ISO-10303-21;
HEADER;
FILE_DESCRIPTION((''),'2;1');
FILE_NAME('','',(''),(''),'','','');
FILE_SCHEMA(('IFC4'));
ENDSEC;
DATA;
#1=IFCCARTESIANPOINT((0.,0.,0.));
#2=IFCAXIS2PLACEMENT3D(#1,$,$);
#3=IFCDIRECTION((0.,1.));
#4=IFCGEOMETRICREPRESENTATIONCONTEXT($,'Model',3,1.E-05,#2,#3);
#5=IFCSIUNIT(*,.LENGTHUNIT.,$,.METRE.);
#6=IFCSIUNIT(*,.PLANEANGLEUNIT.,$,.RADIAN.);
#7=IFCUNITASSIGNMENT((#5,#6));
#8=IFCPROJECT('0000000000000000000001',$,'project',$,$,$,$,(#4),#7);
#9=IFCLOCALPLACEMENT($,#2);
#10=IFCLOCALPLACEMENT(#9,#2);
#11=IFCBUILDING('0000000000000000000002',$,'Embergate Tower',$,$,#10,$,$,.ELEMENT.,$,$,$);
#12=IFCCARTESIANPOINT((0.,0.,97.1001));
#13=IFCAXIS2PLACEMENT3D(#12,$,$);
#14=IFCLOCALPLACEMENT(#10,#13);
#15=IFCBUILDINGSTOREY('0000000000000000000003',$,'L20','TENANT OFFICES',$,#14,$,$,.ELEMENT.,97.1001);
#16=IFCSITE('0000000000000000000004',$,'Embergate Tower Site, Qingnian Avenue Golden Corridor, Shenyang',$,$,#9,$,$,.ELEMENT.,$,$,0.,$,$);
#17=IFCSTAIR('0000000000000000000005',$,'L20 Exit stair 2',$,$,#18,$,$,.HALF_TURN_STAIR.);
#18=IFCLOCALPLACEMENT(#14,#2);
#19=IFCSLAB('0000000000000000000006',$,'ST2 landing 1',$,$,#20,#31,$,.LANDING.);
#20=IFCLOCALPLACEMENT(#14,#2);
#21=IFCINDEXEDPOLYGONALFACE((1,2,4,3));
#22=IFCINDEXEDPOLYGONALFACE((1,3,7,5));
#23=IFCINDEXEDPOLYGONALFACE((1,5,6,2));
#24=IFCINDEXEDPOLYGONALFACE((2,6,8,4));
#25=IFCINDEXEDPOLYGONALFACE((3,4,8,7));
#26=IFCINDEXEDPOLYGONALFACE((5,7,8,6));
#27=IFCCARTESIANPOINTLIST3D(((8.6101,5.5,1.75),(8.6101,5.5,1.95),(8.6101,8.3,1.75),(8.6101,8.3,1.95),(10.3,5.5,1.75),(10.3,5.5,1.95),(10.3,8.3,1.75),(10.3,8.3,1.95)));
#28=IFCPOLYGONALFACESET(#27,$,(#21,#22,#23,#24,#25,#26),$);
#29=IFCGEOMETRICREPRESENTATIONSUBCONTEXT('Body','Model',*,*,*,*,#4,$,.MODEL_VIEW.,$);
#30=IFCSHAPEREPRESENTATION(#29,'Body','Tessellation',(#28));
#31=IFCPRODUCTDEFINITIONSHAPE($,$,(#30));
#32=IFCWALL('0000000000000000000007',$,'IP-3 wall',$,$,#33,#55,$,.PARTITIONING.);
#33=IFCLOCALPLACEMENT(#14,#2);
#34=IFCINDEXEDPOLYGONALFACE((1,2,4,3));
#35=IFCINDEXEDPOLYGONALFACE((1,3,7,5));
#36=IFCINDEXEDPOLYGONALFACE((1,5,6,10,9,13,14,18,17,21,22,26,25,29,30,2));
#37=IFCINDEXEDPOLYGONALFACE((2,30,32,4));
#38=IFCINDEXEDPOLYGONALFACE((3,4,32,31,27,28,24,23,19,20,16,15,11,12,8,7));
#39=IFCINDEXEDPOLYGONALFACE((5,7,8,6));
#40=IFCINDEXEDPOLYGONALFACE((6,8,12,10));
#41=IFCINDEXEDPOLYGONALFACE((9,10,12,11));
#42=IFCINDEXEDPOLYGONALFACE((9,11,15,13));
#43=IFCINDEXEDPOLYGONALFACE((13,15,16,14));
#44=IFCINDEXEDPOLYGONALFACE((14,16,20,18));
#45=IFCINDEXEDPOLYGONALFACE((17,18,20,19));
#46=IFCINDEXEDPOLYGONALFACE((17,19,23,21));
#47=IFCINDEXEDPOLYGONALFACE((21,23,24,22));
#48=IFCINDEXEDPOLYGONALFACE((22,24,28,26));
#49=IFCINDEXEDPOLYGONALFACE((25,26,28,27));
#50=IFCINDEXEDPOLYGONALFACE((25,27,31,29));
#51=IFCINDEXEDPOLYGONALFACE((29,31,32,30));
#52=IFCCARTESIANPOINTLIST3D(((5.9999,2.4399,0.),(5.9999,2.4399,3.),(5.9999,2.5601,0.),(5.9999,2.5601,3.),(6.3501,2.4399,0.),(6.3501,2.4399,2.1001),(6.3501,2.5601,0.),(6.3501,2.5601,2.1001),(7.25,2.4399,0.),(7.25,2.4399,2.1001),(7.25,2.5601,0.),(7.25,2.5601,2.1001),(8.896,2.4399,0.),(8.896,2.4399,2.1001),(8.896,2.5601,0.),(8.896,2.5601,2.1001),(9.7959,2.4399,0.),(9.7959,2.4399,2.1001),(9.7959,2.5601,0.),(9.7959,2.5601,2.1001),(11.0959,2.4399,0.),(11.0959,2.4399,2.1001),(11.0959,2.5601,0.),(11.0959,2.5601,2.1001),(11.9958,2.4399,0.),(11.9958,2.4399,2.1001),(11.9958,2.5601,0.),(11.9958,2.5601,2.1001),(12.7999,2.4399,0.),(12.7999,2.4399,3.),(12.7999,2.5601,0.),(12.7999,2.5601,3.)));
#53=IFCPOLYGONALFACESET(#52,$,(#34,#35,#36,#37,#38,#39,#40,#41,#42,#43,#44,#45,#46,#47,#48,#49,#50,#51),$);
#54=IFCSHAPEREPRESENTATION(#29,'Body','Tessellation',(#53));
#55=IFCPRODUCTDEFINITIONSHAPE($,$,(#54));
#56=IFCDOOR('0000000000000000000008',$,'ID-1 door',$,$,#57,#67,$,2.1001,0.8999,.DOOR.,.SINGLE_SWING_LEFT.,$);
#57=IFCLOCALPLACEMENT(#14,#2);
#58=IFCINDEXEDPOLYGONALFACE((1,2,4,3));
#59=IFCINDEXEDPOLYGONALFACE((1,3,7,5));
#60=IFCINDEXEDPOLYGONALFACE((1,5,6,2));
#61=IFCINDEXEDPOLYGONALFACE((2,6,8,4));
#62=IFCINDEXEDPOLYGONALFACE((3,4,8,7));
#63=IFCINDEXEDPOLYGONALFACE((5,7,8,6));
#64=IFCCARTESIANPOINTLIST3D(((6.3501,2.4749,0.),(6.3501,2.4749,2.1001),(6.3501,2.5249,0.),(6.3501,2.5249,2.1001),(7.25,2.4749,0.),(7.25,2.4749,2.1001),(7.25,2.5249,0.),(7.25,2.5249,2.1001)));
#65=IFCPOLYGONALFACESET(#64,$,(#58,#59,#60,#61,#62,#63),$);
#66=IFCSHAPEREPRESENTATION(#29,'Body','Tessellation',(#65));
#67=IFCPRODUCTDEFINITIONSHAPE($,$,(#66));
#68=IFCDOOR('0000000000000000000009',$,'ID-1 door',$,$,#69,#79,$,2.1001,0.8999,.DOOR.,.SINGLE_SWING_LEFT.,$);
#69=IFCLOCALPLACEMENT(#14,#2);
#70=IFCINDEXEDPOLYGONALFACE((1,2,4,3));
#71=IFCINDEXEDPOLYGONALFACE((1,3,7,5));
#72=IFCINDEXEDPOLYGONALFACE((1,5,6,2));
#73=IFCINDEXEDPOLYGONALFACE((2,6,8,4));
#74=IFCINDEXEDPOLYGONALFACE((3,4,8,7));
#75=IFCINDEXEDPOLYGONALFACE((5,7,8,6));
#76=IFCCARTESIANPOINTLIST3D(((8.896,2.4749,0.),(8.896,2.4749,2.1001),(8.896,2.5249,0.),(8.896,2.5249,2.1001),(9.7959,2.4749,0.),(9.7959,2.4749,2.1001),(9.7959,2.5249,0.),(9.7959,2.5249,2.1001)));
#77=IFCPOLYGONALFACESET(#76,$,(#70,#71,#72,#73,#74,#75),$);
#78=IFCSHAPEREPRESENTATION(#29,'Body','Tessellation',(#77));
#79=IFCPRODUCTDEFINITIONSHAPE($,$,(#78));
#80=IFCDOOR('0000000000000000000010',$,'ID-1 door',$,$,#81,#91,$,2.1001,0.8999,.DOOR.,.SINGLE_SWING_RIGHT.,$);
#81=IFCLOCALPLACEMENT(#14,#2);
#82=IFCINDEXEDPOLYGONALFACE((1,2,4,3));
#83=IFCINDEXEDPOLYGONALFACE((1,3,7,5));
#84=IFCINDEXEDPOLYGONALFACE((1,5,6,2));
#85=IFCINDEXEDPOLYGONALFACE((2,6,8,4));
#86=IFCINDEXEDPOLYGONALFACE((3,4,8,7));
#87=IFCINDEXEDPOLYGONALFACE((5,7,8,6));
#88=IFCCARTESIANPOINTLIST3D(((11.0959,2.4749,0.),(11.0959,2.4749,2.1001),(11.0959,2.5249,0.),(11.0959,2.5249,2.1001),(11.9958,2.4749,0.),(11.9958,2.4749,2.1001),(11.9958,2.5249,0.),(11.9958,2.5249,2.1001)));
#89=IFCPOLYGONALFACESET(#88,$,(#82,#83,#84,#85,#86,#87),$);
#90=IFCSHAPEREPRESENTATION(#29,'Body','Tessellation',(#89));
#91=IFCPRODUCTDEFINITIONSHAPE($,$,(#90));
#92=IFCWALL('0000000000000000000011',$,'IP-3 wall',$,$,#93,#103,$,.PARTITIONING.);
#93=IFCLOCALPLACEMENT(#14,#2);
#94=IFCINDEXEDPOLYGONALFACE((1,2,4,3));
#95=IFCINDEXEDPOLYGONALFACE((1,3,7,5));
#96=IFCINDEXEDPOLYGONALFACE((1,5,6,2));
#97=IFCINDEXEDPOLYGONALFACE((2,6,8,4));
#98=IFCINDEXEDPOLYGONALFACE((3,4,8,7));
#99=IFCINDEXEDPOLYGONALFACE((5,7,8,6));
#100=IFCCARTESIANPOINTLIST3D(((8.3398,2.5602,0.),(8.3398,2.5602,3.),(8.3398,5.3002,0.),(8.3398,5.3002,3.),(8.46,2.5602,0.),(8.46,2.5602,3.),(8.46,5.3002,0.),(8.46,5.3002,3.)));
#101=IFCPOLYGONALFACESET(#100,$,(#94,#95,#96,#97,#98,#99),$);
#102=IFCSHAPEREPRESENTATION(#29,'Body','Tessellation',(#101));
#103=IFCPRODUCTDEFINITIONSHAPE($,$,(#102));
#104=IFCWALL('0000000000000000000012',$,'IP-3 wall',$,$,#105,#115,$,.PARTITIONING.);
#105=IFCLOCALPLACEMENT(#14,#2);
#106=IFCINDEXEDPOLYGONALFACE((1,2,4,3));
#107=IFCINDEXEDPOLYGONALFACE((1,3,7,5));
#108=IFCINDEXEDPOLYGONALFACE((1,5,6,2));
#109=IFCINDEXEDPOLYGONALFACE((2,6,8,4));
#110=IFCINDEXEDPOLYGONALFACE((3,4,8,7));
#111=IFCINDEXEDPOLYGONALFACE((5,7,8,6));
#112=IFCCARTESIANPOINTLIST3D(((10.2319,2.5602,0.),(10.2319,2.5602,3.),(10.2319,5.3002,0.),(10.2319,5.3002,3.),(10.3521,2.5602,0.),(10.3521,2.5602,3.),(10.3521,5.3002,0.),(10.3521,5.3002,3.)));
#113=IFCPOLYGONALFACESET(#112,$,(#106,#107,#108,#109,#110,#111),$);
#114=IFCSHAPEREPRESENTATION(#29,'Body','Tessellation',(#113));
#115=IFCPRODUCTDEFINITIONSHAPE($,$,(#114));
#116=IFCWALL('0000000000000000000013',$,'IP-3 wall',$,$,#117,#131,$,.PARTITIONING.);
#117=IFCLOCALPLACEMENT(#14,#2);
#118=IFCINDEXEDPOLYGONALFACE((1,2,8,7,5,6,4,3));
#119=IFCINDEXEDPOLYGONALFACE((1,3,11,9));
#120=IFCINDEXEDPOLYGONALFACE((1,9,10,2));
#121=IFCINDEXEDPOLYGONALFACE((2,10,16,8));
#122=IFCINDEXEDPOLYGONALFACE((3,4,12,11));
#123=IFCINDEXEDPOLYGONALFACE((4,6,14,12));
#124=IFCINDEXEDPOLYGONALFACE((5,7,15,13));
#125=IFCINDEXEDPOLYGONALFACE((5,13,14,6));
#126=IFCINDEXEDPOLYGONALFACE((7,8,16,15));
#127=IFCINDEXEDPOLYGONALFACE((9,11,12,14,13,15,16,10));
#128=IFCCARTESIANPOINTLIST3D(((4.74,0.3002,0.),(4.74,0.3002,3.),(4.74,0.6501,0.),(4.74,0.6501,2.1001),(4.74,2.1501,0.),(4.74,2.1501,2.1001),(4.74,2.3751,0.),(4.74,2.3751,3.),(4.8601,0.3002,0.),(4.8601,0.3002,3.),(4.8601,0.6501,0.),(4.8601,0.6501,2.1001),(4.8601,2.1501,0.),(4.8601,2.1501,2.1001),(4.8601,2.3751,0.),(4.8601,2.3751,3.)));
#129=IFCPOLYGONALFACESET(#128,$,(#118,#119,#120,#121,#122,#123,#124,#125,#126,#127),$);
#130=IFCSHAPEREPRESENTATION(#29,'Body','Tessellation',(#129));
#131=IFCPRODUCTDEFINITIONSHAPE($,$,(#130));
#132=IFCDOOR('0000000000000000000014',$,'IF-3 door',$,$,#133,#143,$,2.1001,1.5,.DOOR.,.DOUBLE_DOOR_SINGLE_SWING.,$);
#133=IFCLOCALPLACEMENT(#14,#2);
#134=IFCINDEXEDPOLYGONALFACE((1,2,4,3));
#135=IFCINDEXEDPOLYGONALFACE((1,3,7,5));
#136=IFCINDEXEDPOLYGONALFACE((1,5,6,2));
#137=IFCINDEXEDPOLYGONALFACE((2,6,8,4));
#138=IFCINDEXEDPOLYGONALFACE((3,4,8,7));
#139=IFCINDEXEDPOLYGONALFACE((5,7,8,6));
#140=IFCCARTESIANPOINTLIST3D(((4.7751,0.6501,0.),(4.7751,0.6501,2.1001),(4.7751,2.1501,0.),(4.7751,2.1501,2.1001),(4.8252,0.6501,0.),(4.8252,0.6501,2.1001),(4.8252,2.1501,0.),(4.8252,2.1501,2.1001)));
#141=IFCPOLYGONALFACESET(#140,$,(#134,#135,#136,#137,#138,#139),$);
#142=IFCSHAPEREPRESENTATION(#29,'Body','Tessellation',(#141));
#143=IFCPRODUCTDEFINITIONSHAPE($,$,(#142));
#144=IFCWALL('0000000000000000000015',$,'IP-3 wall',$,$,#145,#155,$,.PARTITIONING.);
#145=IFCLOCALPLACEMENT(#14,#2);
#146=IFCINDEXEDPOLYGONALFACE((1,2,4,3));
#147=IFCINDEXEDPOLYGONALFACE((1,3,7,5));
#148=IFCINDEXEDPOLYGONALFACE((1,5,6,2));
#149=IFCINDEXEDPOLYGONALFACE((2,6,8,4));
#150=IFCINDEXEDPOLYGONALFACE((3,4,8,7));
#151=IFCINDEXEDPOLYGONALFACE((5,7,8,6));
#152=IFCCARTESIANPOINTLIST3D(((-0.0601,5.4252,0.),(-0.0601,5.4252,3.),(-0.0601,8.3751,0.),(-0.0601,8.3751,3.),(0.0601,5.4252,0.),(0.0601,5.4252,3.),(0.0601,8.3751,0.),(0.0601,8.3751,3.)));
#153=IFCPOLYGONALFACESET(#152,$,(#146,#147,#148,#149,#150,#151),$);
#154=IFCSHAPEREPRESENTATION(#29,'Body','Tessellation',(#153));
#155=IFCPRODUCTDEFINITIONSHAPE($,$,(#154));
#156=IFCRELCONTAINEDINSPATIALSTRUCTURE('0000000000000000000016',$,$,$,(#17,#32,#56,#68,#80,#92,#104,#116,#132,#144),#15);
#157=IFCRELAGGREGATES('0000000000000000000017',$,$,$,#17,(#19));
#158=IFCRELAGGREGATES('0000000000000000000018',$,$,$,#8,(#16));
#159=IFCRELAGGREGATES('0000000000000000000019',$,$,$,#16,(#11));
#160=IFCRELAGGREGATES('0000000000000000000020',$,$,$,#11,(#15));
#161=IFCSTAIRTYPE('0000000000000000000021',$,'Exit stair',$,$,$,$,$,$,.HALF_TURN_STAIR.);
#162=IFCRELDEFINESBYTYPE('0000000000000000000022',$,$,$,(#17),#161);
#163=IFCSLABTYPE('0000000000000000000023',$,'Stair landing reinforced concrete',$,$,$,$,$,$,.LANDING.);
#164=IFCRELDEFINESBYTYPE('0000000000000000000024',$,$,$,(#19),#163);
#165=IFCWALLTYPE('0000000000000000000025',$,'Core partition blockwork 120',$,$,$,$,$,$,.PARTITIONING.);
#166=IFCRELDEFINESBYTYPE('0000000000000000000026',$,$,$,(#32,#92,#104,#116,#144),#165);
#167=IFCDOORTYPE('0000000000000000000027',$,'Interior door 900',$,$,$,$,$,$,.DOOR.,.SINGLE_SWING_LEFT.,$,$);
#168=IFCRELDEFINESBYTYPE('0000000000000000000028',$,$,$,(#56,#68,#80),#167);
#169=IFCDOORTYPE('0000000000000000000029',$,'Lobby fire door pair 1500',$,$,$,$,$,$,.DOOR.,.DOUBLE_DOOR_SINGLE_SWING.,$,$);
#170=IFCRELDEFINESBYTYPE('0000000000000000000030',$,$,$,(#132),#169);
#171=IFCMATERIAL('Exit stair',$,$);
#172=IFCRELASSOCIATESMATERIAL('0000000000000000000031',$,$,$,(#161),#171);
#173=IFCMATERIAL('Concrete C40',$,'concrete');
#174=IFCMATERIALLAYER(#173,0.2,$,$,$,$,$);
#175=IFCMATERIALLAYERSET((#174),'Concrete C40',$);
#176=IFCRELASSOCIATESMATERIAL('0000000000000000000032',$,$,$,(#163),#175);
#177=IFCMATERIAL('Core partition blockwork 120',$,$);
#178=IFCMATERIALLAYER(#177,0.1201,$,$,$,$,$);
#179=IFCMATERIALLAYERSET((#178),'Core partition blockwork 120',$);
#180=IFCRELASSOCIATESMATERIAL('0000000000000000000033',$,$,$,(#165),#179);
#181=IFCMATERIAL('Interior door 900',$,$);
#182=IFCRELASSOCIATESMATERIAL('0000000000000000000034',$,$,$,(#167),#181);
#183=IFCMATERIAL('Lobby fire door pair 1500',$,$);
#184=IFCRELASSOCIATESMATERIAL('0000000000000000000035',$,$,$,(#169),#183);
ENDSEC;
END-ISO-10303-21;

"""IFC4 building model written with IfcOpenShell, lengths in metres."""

from ifc_helpers import new_model, si_unit, direction, frame, frame_2d, origin, place, context, subcontext, project, spatial, polyline, rectangle, outline, extrude, source, transform, mapped, material, layer, layer_set, type_object, element, fill, aggregate, save


model = new_model("IFC4")

# Units and contexts
model_context = context("Model", 3, precision=1e-05, world=origin(), true_north=direction((0.0, 1.0)))
body_context = subcontext(model_context, "Body", "Model", "MODEL_VIEW")
ifc_project = project(units=[si_unit("LENGTHUNIT", "METRE"), si_unit("PLANEANGLEUNIT", "RADIAN")], contexts=[model_context])

# Site, building, storey
site_placement = place(None, origin())
site = spatial("IfcSite", under=ifc_project, at=site_placement, Name="Embergate Tower Site, Qingnian Avenue Golden Corridor, Shenyang", CompositionType="ELEMENT", RefElevation=0.0)
building_placement = place(site_placement, origin())
building = spatial("IfcBuilding", under=site, at=building_placement, Name="Embergate Tower", CompositionType="ELEMENT")
storey_placement = place(building_placement, frame((0.0, 0.0, 97.1001)))
storey = spatial("IfcBuildingStorey", under=building, at=storey_placement, Name="L20", Description="TENANT OFFICES", CompositionType="ELEMENT", Elevation=97.1001)

# Stair, slab
ifc_material_1 = material(Name="Exit stair")
stair_type = type_object("IfcStairType", Name="Exit stair", PredefinedType="HALF_TURN_STAIR", material=ifc_material_1)
stair_placement = place(storey_placement, origin())
stair = element("IfcStair", 1, at=stair_placement, inside=storey, type_object=stair_type, Name="L20 Exit stair 2", PredefinedType="HALF_TURN_STAIR")
ifc_material_2 = material(Name="Concrete C40", Category="concrete")
ifc_layer_1 = layer(ifc_material_2, 0.2)
ifc_layer_set_1 = layer_set([ifc_layer_1], Name="Concrete C40")
slab_type = type_object("IfcSlabType", Name="Stair landing reinforced concrete", PredefinedType="LANDING", material=ifc_layer_set_1)
shared_shape_1 = source(origin(), body_context, "Body", "SweptSolid", [
    extrude(outline(polyline([(0.0, 0.0), (1.6899, 0.0), (1.6899, 2.8), (0.0, 2.8), (0.0, 0.0)])), origin(), (0.0, 0.0, 1.0), 0.2),
])
slab_placement = place(storey_placement, frame((8.6101, 5.5, 1.75)))
slab = element("IfcSlab", 2, at=slab_placement, type_object=slab_type, Name="ST2 landing 1", PredefinedType="LANDING", context=body_context, shape_type="MappedRepresentation", body=[
    mapped(shared_shape_1, transform((0.0, 0.0, 0.0))),
])

# Wall, openings, doors
ifc_material_3 = material(Name="Core partition blockwork 120")
ifc_layer_2 = layer(ifc_material_3, 0.1201)
ifc_layer_set_2 = layer_set([ifc_layer_2], Name="Core partition blockwork 120")
wall_type_1 = type_object("IfcWallType", Name="Core partition blockwork 120", PredefinedType="PARTITIONING", material=ifc_layer_set_2)
shared_shape_2 = source(origin(), body_context, "Body", "SweptSolid", [
    extrude(rectangle(XDim=6.8, YDim=0.1201, at=frame_2d((3.3999, 0.0))), origin(), (0.0, 0.0, 1.0), 3.0),
])
wall_1_placement = place(storey_placement, frame((6.0, 2.5, 0.0), z_axis=(0.0, 0.0, 1.0), x_axis=(1.0, 0.0, 0.0)))
wall_1 = element("IfcWall", 3, at=wall_1_placement, inside=storey, type_object=wall_type_1, Name="IP-3 wall", PredefinedType="PARTITIONING", context=body_context, shape_type="MappedRepresentation", body=[
    mapped(shared_shape_2, transform((0.0, 0.0, 0.0))),
])
shared_shape_3 = source(origin(), body_context, "Body", "SweptSolid", [
    extrude(rectangle(XDim=0.8999, YDim=2.1001, at=frame_2d((0.45, 1.05))), frame((0.0, 0.0701, 0.0), z_axis=(0.0, -1.0, 0.0), x_axis=(1.0, 0.0, 0.0)), (0.0, 0.0, 1.0), 0.1401),
])
opening_1_placement = place(wall_1_placement, frame((0.3501, 0.0, 0.0)))
opening_1 = element("IfcOpeningElement", 4, at=opening_1_placement, cuts=wall_1, PredefinedType="OPENING", context=body_context, shape_type="MappedRepresentation", body=[
    mapped(shared_shape_3, transform((0.0, 0.0, 0.0))),
])
opening_2_placement = place(wall_1_placement, frame((2.896, 0.0, 0.0)))
opening_2 = element("IfcOpeningElement", 5, at=opening_2_placement, cuts=wall_1, PredefinedType="OPENING", context=body_context, shape_type="MappedRepresentation", body=[
    mapped(shared_shape_3, transform((0.0, 0.0, 0.0))),
])
opening_3_placement = place(wall_1_placement, frame((5.0959, 0.0, 0.0)))
opening_3 = element("IfcOpeningElement", 6, at=opening_3_placement, cuts=wall_1, PredefinedType="OPENING", context=body_context, shape_type="MappedRepresentation", body=[
    mapped(shared_shape_3, transform((0.0, 0.0, 0.0))),
])
ifc_material_4 = material(Name="Interior door 900")
door_type_1 = type_object("IfcDoorType", Name="Interior door 900", OperationType="SINGLE_SWING_LEFT", PredefinedType="DOOR", material=ifc_material_4)
shared_shape_4 = source(origin(), body_context, "Body", "SweptSolid", [
    extrude(rectangle(XDim=0.8999, YDim=2.1001, at=frame_2d((0.45, 1.05))), frame((0.0, 0.0249, 0.0), z_axis=(0.0, -1.0, 0.0), x_axis=(1.0, 0.0, 0.0)), (0.0, 0.0, 1.0), 0.05),
])
door_1_placement = place(opening_1_placement, origin())
door_1 = element("IfcDoor", 7, at=door_1_placement, inside=storey, type_object=door_type_1, Name="ID-1 door", OperationType="SINGLE_SWING_LEFT", OverallHeight=2.1001, OverallWidth=0.8999, PredefinedType="DOOR", context=body_context, shape_type="MappedRepresentation", body=[
    mapped(shared_shape_4, transform((0.0, 0.0, 0.0))),
])
fill(opening_1, door_1)
door_2_placement = place(opening_2_placement, origin())
door_2 = element("IfcDoor", 8, at=door_2_placement, inside=storey, type_object=door_type_1, Name="ID-1 door", OperationType="SINGLE_SWING_LEFT", OverallHeight=2.1001, OverallWidth=0.8999, PredefinedType="DOOR", context=body_context, shape_type="MappedRepresentation", body=[
    mapped(shared_shape_4, transform((0.0, 0.0, 0.0))),
])
fill(opening_2, door_2)
door_3_placement = place(opening_3_placement, origin())
door_3 = element("IfcDoor", 9, at=door_3_placement, inside=storey, type_object=door_type_1, Name="ID-1 door", OperationType="SINGLE_SWING_RIGHT", OverallHeight=2.1001, OverallWidth=0.8999, PredefinedType="DOOR", context=body_context, shape_type="MappedRepresentation", body=[
    mapped(shared_shape_4, transform((0.0, 0.0, 0.0))),
])
fill(opening_3, door_3)

# Walls
shared_shape_5 = source(origin(), body_context, "Body", "SweptSolid", [
    extrude(rectangle(XDim=2.74, YDim=0.1201, at=frame_2d((1.3701, 0.0))), origin(), (0.0, 0.0, 1.0), 3.0),
])
for number, where, z_axis, x_axis, name in (
    (10, (8.3999, 2.5601, 0.0), (0.0, 0.0, 1.0), (0.0, 1.0, 0.0), "IP-3 wall"),
    (11, (10.292, 2.5601, 0.0), (0.0, 0.0, 1.0), (0.0, 1.0, 0.0), "IP-3 wall"),
):
    element("IfcWall", number, at=place(storey_placement, frame(where, z_axis=z_axis, x_axis=x_axis)), inside=storey, type_object=wall_type_1, Name=name, PredefinedType="PARTITIONING", context=body_context, shape_type="MappedRepresentation", body=[
        mapped(shared_shape_5, transform((0.0, 0.0, 0.0))),
    ])

# Wall, opening, door
shared_shape_6 = source(origin(), body_context, "Body", "SweptSolid", [
    extrude(rectangle(XDim=2.075, YDim=0.1201, at=frame_2d((1.0376, 0.0))), origin(), (0.0, 0.0, 1.0), 3.0),
])
wall_2_placement = place(storey_placement, frame((4.8, 0.3, 0.0), z_axis=(0.0, 0.0, 1.0), x_axis=(0.0, 1.0, 0.0)))
wall_2 = element("IfcWall", 12, at=wall_2_placement, inside=storey, type_object=wall_type_1, Name="IP-3 wall", PredefinedType="PARTITIONING", context=body_context, shape_type="MappedRepresentation", body=[
    mapped(shared_shape_6, transform((0.0, 0.0, 0.0))),
])
shared_shape_7 = source(origin(), body_context, "Body", "SweptSolid", [
    extrude(rectangle(XDim=1.5, YDim=2.1001, at=frame_2d((0.75, 1.05))), frame((0.0, 0.0701, 0.0), z_axis=(0.0, -1.0, 0.0), x_axis=(1.0, 0.0, 0.0)), (0.0, 0.0, 1.0), 0.1401),
])
opening_4_placement = place(wall_2_placement, frame((0.3501, 0.0, 0.0)))
opening_4 = element("IfcOpeningElement", 13, at=opening_4_placement, cuts=wall_2, PredefinedType="OPENING", context=body_context, shape_type="MappedRepresentation", body=[
    mapped(shared_shape_7, transform((0.0, 0.0, 0.0))),
])
ifc_material_5 = material(Name="Lobby fire door pair 1500")
door_type_2 = type_object("IfcDoorType", Name="Lobby fire door pair 1500", OperationType="DOUBLE_DOOR_SINGLE_SWING", PredefinedType="DOOR", material=ifc_material_5)
shared_shape_8 = source(origin(), body_context, "Body", "SweptSolid", [
    extrude(rectangle(XDim=1.5, YDim=2.1001, at=frame_2d((0.75, 1.05))), frame((0.0, 0.0249, 0.0), z_axis=(0.0, -1.0, 0.0), x_axis=(1.0, 0.0, 0.0)), (0.0, 0.0, 1.0), 0.05),
])
door_4_placement = place(opening_4_placement, origin())
door_4 = element("IfcDoor", 14, at=door_4_placement, inside=storey, type_object=door_type_2, Name="IF-3 door", OperationType="DOUBLE_DOOR_SINGLE_SWING", OverallHeight=2.1001, OverallWidth=1.5, PredefinedType="DOOR", context=body_context, shape_type="MappedRepresentation", body=[
    mapped(shared_shape_8, transform((0.0, 0.0, 0.0))),
])
fill(opening_4, door_4)

# Wall
shared_shape_9 = source(origin(), body_context, "Body", "SweptSolid", [
    extrude(rectangle(XDim=2.95, YDim=0.1201, at=frame_2d((1.4751, 0.0))), origin(), (0.0, 0.0, 1.0), 3.0),
])
wall_3_placement = place(storey_placement, frame((0.0, 5.425, 0.0), z_axis=(0.0, 0.0, 1.0), x_axis=(0.0, 1.0, 0.0)))
element("IfcWall", 15, at=wall_3_placement, inside=storey, type_object=wall_type_1, Name="IP-3 wall", PredefinedType="PARTITIONING", context=body_context, shape_type="MappedRepresentation", body=[
    mapped(shared_shape_9, transform((0.0, 0.0, 0.0))),
])

aggregate(stair, [slab])

save(model, "model.ifc")
